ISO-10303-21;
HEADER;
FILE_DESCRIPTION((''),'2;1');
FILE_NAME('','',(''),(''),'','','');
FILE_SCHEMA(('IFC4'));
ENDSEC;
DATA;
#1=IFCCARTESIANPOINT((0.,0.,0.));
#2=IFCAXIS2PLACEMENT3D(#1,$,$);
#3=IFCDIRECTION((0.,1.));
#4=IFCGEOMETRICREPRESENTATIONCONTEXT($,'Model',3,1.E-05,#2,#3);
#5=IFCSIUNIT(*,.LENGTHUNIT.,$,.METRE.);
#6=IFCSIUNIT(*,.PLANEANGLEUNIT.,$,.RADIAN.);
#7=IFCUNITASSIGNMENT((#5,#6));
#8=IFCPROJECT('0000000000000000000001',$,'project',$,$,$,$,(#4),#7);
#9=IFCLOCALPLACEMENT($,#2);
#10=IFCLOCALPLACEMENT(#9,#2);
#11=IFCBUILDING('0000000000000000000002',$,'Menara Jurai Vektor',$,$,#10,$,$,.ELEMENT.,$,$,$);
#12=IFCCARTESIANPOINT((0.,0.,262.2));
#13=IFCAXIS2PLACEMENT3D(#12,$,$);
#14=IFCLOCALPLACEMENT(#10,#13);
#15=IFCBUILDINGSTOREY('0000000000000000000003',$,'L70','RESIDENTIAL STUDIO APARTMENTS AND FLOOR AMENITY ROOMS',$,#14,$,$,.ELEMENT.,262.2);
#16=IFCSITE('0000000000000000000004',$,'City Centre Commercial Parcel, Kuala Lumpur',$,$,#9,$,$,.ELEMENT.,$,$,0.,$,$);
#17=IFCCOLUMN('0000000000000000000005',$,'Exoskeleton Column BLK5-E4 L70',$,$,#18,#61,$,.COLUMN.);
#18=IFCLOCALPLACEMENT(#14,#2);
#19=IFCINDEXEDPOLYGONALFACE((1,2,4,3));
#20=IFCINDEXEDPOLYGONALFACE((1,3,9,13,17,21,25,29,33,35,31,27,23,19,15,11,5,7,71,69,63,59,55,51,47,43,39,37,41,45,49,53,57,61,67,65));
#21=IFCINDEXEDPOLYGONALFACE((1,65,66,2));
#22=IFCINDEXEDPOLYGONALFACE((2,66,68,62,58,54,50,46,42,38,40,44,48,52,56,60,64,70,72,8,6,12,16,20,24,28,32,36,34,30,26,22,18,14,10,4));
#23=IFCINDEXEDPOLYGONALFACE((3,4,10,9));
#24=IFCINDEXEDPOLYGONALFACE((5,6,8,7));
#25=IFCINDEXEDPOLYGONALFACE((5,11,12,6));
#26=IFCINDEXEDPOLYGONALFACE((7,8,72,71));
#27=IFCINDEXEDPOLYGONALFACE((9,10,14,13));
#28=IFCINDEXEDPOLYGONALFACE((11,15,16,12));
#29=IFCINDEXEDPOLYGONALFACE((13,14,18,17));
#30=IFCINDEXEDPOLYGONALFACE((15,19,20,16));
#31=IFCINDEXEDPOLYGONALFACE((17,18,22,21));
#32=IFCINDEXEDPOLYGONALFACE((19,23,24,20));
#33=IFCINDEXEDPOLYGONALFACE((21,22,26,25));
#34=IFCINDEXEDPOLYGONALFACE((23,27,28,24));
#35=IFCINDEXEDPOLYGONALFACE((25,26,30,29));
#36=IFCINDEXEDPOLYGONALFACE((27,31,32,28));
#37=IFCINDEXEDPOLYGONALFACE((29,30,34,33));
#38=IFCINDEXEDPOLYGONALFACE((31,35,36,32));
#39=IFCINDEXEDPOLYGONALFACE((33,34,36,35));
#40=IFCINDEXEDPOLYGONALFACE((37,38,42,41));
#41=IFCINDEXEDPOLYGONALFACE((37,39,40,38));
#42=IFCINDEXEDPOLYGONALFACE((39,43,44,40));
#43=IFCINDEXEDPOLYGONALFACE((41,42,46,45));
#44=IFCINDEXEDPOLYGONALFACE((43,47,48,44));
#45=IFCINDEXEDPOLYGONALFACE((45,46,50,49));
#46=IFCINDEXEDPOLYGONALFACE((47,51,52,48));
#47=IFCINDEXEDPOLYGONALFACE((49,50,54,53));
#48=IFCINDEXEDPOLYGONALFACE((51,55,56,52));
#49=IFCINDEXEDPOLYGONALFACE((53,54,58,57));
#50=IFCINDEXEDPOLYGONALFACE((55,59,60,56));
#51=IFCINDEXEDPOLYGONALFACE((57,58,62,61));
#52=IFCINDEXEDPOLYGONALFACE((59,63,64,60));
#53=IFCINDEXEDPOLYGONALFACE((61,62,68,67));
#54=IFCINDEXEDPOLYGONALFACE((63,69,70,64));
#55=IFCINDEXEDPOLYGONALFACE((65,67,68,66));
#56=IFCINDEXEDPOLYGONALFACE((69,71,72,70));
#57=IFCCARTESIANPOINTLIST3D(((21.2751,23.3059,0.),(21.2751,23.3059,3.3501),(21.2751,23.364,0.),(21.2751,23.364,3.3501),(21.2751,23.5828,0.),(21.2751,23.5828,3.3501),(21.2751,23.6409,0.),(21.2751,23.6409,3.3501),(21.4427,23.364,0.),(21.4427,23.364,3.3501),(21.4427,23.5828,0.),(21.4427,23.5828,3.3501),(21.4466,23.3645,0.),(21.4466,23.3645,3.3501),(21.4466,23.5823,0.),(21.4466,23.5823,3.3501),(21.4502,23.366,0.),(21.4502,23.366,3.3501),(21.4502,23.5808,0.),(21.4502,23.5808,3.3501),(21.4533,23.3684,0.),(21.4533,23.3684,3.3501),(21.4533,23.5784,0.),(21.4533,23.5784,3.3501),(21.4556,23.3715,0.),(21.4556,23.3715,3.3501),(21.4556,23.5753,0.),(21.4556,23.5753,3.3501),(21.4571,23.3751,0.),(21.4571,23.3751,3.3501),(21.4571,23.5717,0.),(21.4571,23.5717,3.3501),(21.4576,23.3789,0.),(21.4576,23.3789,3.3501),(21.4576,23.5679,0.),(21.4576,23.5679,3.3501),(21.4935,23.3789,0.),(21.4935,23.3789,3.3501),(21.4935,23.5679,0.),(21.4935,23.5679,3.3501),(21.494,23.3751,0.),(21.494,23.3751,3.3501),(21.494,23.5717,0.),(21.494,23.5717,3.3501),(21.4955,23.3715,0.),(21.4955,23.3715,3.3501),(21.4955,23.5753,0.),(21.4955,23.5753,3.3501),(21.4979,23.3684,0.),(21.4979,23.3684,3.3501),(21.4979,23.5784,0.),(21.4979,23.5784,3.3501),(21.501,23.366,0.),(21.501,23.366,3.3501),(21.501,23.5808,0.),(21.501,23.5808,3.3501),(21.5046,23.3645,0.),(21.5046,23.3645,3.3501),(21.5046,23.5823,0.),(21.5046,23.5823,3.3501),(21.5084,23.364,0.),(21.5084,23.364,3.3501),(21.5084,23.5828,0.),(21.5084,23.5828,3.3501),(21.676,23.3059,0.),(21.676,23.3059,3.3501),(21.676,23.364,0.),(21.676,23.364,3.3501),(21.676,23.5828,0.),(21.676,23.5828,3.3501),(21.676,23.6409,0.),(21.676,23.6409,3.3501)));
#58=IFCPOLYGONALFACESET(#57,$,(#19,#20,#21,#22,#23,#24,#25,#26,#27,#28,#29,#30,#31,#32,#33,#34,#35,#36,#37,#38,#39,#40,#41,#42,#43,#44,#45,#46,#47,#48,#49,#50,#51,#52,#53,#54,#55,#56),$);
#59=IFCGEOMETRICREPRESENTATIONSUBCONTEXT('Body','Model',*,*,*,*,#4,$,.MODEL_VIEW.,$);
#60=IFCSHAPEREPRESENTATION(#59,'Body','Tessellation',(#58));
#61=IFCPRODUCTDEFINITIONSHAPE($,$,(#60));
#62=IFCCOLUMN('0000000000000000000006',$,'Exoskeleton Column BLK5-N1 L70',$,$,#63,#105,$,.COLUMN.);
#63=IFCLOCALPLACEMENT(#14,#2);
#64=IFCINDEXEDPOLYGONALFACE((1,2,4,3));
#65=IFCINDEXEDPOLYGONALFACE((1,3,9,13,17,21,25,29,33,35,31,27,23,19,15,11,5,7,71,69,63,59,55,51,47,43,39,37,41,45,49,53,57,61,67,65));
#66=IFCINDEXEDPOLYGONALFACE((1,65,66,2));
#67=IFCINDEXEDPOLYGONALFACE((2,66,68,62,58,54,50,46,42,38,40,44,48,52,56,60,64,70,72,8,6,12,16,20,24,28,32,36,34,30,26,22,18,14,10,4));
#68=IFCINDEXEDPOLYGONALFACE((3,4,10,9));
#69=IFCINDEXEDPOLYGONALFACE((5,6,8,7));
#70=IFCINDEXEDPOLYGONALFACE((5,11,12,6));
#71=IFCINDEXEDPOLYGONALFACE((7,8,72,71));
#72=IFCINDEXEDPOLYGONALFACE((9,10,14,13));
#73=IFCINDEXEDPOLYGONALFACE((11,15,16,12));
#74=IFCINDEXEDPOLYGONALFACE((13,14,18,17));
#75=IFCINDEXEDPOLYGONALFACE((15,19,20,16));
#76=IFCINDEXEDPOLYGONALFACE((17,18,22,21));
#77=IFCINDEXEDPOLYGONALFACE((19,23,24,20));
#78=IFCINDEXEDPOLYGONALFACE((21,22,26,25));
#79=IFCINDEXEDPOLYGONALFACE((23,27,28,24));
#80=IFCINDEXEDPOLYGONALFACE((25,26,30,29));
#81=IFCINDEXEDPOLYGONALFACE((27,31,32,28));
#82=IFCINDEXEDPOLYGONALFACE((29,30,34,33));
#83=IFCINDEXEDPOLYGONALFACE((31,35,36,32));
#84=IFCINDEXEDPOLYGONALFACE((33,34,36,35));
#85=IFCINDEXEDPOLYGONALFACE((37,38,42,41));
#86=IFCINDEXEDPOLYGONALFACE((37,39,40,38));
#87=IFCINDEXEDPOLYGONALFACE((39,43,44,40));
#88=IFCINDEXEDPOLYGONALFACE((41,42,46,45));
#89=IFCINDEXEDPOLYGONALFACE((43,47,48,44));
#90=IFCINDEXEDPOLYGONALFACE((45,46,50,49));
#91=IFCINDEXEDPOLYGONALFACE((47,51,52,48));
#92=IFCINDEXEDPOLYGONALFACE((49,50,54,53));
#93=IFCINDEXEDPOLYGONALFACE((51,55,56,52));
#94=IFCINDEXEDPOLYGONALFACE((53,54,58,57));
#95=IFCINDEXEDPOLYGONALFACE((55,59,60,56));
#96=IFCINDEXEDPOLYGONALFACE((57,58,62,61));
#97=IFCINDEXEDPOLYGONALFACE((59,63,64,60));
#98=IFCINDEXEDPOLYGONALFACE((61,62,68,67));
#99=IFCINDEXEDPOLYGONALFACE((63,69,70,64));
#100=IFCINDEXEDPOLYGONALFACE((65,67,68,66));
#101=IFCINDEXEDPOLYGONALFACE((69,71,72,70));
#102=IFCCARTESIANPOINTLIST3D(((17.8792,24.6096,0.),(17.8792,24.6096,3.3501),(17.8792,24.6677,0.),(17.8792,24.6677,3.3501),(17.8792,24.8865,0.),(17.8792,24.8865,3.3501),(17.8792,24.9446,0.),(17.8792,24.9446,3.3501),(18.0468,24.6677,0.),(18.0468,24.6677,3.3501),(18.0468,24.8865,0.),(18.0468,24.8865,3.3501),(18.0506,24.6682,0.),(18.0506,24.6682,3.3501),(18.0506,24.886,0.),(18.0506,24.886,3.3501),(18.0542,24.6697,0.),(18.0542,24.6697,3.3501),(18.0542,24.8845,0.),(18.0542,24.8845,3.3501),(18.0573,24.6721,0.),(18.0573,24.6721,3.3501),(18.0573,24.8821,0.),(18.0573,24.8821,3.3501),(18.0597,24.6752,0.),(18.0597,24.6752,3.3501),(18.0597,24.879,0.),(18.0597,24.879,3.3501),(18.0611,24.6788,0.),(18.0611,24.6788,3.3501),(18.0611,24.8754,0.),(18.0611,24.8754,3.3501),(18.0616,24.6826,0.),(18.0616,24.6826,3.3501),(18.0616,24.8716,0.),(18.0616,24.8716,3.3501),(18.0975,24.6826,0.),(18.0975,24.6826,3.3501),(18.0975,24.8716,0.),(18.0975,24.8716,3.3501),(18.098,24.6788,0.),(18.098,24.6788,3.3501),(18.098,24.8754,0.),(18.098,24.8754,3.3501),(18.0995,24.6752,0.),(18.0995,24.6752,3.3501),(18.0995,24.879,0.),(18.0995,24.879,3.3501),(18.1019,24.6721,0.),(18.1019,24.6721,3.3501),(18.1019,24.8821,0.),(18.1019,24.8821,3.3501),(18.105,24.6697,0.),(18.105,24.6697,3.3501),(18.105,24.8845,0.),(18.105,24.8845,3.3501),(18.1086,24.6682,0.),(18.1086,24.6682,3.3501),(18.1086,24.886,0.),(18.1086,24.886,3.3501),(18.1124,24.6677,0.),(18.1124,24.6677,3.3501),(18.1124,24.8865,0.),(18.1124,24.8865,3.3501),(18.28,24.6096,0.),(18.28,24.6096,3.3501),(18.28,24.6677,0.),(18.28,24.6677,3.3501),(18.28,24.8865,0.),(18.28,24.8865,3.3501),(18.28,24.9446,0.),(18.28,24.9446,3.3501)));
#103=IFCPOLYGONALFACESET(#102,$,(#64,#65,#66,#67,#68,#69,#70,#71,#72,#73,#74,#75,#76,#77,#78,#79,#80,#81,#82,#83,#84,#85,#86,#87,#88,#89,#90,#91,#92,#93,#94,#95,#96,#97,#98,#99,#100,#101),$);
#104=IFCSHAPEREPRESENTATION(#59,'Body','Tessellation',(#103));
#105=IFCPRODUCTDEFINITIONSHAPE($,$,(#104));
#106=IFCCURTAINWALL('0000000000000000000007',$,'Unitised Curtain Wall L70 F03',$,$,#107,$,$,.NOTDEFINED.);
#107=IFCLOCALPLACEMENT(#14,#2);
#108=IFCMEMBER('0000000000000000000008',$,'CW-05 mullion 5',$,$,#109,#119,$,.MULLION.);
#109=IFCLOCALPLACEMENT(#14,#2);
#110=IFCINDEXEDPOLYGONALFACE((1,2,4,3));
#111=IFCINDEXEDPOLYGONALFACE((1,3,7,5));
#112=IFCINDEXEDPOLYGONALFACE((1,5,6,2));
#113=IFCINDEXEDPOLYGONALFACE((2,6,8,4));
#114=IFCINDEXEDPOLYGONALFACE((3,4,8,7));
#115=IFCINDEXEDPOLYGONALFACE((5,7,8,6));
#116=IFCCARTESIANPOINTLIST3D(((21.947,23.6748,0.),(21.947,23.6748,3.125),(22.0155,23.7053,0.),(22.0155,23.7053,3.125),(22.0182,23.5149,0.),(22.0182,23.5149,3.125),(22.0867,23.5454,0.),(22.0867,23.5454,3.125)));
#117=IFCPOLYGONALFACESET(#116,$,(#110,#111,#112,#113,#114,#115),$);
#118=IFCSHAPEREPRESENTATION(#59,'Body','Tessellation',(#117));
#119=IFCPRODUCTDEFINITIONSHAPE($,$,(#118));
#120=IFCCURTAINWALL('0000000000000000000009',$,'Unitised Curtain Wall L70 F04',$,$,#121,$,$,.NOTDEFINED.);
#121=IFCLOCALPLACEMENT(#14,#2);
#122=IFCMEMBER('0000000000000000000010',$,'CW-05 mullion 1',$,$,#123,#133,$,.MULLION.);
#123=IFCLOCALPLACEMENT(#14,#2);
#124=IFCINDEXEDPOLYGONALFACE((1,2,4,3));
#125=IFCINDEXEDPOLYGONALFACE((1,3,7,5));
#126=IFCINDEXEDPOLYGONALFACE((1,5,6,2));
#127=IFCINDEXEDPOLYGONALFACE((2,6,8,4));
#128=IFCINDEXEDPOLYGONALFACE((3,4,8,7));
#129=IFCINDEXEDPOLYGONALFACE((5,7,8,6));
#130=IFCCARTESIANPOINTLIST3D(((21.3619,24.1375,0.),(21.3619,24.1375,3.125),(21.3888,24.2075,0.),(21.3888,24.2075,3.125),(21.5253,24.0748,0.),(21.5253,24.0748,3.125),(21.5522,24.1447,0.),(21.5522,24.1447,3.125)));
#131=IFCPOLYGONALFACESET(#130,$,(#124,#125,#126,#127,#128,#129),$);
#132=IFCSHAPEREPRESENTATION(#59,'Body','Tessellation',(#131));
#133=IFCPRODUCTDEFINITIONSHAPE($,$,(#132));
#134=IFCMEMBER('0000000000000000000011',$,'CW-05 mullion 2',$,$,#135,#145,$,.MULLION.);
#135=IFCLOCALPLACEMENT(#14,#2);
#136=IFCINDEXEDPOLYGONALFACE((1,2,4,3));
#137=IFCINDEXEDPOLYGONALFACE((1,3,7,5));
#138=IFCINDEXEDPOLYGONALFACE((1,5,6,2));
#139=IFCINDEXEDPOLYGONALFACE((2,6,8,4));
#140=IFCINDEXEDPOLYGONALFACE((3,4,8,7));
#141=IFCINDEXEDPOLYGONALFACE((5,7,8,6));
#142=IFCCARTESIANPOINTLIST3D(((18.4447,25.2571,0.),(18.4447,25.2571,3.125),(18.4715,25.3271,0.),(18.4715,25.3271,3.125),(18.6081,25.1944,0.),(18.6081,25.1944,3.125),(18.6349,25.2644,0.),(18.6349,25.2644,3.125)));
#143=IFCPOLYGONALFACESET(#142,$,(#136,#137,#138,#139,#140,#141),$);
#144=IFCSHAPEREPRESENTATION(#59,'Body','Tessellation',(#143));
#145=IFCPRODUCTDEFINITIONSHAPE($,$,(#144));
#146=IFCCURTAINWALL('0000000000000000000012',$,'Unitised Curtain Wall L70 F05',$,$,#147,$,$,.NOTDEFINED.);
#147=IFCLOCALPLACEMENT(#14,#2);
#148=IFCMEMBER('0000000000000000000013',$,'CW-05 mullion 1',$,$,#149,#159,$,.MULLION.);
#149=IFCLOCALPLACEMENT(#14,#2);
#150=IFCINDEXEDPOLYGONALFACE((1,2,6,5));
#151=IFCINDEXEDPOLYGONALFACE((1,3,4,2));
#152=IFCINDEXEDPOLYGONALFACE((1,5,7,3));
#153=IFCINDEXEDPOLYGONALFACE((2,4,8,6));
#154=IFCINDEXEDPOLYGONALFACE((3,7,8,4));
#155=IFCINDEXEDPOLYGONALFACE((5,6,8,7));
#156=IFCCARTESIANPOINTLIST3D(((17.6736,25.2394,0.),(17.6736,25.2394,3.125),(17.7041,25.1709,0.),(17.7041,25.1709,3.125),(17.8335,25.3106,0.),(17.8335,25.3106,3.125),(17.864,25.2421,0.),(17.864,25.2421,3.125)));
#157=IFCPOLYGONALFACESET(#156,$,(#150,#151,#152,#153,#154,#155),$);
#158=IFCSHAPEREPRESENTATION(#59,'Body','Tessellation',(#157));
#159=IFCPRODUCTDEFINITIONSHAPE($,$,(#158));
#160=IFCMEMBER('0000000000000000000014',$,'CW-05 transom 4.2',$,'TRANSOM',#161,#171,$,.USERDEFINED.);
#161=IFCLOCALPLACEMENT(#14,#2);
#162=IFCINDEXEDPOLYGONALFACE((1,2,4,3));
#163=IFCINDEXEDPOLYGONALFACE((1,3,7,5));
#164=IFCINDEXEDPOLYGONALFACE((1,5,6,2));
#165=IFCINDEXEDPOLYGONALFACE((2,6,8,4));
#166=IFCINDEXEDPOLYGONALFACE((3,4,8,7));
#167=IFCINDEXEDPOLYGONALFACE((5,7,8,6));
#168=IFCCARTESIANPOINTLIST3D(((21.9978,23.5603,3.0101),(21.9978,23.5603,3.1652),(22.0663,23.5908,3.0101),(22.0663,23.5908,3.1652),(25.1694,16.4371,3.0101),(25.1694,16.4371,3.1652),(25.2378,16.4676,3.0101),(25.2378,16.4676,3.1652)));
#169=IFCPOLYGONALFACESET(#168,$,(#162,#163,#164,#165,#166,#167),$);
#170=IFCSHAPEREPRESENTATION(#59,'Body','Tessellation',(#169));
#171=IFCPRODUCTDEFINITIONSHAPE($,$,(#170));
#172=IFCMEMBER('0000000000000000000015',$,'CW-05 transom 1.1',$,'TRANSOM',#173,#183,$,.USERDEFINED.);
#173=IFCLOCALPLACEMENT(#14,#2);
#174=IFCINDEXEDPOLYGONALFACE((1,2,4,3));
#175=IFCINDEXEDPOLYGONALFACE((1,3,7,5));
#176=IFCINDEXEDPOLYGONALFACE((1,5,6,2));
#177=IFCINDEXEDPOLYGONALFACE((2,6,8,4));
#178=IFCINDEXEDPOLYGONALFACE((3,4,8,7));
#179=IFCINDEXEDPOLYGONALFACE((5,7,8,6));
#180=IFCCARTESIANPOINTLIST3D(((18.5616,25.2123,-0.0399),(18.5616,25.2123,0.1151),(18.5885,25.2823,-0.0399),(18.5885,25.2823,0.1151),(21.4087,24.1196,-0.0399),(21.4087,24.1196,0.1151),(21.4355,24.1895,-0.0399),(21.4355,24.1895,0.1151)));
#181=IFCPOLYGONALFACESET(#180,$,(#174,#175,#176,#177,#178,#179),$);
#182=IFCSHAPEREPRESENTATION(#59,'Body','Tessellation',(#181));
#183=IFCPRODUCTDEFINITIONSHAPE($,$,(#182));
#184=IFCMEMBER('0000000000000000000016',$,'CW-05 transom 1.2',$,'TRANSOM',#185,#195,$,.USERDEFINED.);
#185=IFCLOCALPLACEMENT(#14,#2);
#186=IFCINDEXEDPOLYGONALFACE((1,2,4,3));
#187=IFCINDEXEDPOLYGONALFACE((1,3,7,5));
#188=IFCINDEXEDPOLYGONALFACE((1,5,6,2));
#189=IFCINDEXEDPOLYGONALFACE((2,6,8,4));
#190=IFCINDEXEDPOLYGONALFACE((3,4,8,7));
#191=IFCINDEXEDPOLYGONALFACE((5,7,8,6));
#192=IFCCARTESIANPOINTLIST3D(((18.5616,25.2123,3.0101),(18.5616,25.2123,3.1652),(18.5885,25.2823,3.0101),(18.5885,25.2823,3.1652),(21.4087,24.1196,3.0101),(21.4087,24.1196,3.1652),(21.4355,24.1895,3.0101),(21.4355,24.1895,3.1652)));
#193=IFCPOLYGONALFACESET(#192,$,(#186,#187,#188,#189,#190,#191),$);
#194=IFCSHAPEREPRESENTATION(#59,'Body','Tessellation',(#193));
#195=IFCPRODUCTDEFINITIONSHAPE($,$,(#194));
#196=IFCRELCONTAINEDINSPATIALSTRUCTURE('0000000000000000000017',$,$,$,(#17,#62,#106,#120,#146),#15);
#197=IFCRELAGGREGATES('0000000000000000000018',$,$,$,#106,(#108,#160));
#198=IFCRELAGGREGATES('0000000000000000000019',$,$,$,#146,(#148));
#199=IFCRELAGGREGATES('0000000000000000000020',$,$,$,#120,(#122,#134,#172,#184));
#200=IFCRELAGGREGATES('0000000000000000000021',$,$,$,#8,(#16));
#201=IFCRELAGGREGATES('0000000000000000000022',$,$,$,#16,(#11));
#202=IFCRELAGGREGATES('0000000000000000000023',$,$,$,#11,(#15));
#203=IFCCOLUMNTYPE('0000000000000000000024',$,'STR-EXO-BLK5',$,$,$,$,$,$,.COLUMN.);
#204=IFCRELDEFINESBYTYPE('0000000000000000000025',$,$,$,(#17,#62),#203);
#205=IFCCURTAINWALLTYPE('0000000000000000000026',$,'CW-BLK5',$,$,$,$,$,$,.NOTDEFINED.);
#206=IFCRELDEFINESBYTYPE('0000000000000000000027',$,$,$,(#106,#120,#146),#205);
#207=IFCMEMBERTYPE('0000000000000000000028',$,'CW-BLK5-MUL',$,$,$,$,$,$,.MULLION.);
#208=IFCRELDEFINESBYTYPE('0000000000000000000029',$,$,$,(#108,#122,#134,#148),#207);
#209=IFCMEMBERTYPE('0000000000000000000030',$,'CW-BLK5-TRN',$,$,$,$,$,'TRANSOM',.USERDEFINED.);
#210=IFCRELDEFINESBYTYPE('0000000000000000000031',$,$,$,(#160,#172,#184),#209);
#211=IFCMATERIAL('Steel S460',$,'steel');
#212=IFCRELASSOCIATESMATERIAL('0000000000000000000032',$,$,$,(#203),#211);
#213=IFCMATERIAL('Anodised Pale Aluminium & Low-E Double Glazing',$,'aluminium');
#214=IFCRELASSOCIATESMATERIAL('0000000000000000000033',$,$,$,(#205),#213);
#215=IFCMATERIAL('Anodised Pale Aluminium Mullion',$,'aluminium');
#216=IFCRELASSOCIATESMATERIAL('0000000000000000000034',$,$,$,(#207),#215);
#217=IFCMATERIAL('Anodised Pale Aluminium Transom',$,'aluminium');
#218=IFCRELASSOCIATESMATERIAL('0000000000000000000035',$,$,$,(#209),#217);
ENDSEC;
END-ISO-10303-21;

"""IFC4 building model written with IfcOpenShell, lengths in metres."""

from ifc_helpers import new_model, si_unit, direction, frame, origin, origin_2d, place, context, subcontext, project, spatial, rectangle, i_section, extrude, material, material_profile, profile_set, type_object, element, aggregate, save


model = new_model("IFC4")

# Units and contexts
model_context = context("Model", 3, precision=1e-05, world=origin(), true_north=direction((0.0, 1.0)))
body_context = subcontext(model_context, "Body", "Model", "MODEL_VIEW")
ifc_project = project(units=[si_unit("LENGTHUNIT", "METRE"), si_unit("PLANEANGLEUNIT", "RADIAN")], contexts=[model_context])

# Site, building, storey
site_placement = place(None, origin())
site = spatial("IfcSite", under=ifc_project, at=site_placement, Name="City Centre Commercial Parcel, Kuala Lumpur", CompositionType="ELEMENT", RefElevation=0.0)
building_placement = place(site_placement, origin())
building = spatial("IfcBuilding", under=site, at=building_placement, Name="Menara Jurai Vektor", CompositionType="ELEMENT")
storey_placement = place(building_placement, frame((0.0, 0.0, 262.2)))
storey = spatial("IfcBuildingStorey", under=building, at=storey_placement, Name="L70", Description="RESIDENTIAL STUDIO APARTMENTS AND FLOOR AMENITY ROOMS", CompositionType="ELEMENT", Elevation=262.2)

# Columns
ifc_material_1 = material(Name="Steel S460", Category="steel")
ifc_material_profile_1 = material_profile(ifc_material_1, i_section(OverallWidth=0.4009, OverallDepth=0.335, WebThickness=0.0359, FlangeThickness=0.0581, FilletRadius=0.0149, at=origin_2d()), Name="HD 400x463")
ifc_profile_set_1 = profile_set([ifc_material_profile_1], Name="Steel S460")
column_type = type_object("IfcColumnType", Name="STR-EXO-BLK5", PredefinedType="COLUMN", material=ifc_profile_set_1)
for number, where, z_axis, x_axis, name in (
    (1, (21.4756, 23.4734, 0.0), (0.0, 0.0, 1.0), (1.0, 0.0, 0.0), "Exoskeleton Column BLK5-E4 L70"),
    (2, (18.0796, 24.7771, 0.0), (0.0, 0.0, 1.0), (1.0, 0.0, 0.0), "Exoskeleton Column BLK5-N1 L70"),
):
    element("IfcColumn", number, at=place(storey_placement, frame(where, z_axis=z_axis, x_axis=x_axis)), inside=storey, type_object=column_type, Name=name, PredefinedType="COLUMN", context=body_context, shape_type="SweptSolid", body=[
        extrude(i_section(OverallWidth=0.4009, OverallDepth=0.335, WebThickness=0.0359, FlangeThickness=0.0581, FilletRadius=0.0149, at=origin_2d()), origin(), (0.0, 0.0, 1.0), 3.3501),
    ])

# Curtain wall, member
ifc_material_2 = material(Name="Anodised Pale Aluminium & Low-E Double Glazing", Category="aluminium")
curtain_wall_type = type_object("IfcCurtainWallType", Name="CW-BLK5", PredefinedType="NOTDEFINED", material=ifc_material_2)
curtain_wall_1_placement = place(storey_placement, origin())
curtain_wall_1 = element("IfcCurtainWall", 3, at=curtain_wall_1_placement, inside=storey, type_object=curtain_wall_type, Name="Unitised Curtain Wall L70 F03", PredefinedType="NOTDEFINED")
ifc_material_3 = material(Name="Anodised Pale Aluminium Mullion", Category="aluminium")
ifc_material_profile_2 = material_profile(ifc_material_3, rectangle(XDim=0.075, YDim=0.175, at=origin_2d()), Name="ALU MUL 75x175")
ifc_profile_set_2 = profile_set([ifc_material_profile_2], Name="Anodised Pale Aluminium Mullion")
member_type_1 = type_object("IfcMemberType", Name="CW-BLK5-MUL", PredefinedType="MULLION", material=ifc_profile_set_2)
member_1_placement = place(storey_placement, frame((22.0168, 23.6101, 0.0), z_axis=(0.0, 0.0, 1.0), x_axis=(-0.913546, -0.406735, 0.0)))
member_1 = element("IfcMember", 4, at=member_1_placement, type_object=member_type_1, Name="CW-05 mullion 5", PredefinedType="MULLION", context=body_context, shape_type="SweptSolid", body=[
    extrude(rectangle(XDim=0.075, YDim=0.175, at=origin_2d()), origin(), (0.0, 0.0, 1.0), 3.125),
])

# Curtain wall, members
curtain_wall_2_placement = place(storey_placement, origin())
curtain_wall_2 = element("IfcCurtainWall", 5, at=curtain_wall_2_placement, inside=storey, type_object=curtain_wall_type, Name="Unitised Curtain Wall L70 F04", PredefinedType="NOTDEFINED")
member_2_placement = place(storey_placement, frame((21.457, 24.1411, 0.0), z_axis=(0.0, 0.0, 1.0), x_axis=(-0.358374, -0.933578, 0.0)))
member_2 = element("IfcMember", 6, at=member_2_placement, type_object=member_type_1, Name="CW-05 mullion 1", PredefinedType="MULLION", context=body_context, shape_type="SweptSolid", body=[
    extrude(rectangle(XDim=0.075, YDim=0.175, at=origin_2d()), origin(), (0.0, 0.0, 1.0), 3.125),
])
member_3_placement = place(storey_placement, frame((18.5398, 25.2607, 0.0), z_axis=(0.0, 0.0, 1.0), x_axis=(-0.358374, -0.933578, 0.0)))
member_3 = element("IfcMember", 7, at=member_3_placement, type_object=member_type_1, Name="CW-05 mullion 2", PredefinedType="MULLION", context=body_context, shape_type="SweptSolid", body=[
    extrude(rectangle(XDim=0.075, YDim=0.175, at=origin_2d()), origin(), (0.0, 0.0, 1.0), 3.125),
])

# Curtain wall, member
curtain_wall_3_placement = place(storey_placement, origin())
curtain_wall_3 = element("IfcCurtainWall", 8, at=curtain_wall_3_placement, inside=storey, type_object=curtain_wall_type, Name="Unitised Curtain Wall L70 F05", PredefinedType="NOTDEFINED")
member_4_placement = place(storey_placement, frame((17.7688, 25.2407, 0.0), z_axis=(0.0, 0.0, 1.0), x_axis=(0.406735, -0.913546, 0.0)))
member_4 = element("IfcMember", 9, at=member_4_placement, type_object=member_type_1, Name="CW-05 mullion 1", PredefinedType="MULLION", context=body_context, shape_type="SweptSolid", body=[
    extrude(rectangle(XDim=0.075, YDim=0.175, at=origin_2d()), origin(), (0.0, 0.0, 1.0), 3.125),
])

# Members
ifc_material_4 = material(Name="Anodised Pale Aluminium Transom", Category="aluminium")
ifc_material_profile_3 = material_profile(ifc_material_4, rectangle(XDim=0.075, YDim=0.155, at=origin_2d()), Name="ALU TRN 75x155")
ifc_profile_set_3 = profile_set([ifc_material_profile_3], Name="Anodised Pale Aluminium Transom")
member_type_2 = type_object("IfcMemberType", Name="CW-BLK5-TRN", ElementType="TRANSOM", PredefinedType="USERDEFINED", material=ifc_profile_set_3)
member_5_placement = place(storey_placement, frame((25.2036, 16.4524, 3.0876), z_axis=(-0.406751, 0.913539, 0.0), x_axis=(-0.913539, -0.406751, 0.0)))
member_5 = element("IfcMember", 10, at=member_5_placement, type_object=member_type_2, Name="CW-05 transom 4.2", ObjectType="TRANSOM", PredefinedType="USERDEFINED", context=body_context, shape_type="SweptSolid", body=[
    extrude(rectangle(XDim=0.075, YDim=0.155, at=origin_2d()), origin(), (0.0, 0.0, 1.0), 7.7974),
])
member_6_placement = place(storey_placement, frame((21.4221, 24.1545, 0.0376), z_axis=(-0.933597, 0.358325, 0.0), x_axis=(-0.358325, -0.933597, 0.0)))
member_6 = element("IfcMember", 11, at=member_6_placement, type_object=member_type_2, Name="CW-05 transom 1.1", ObjectType="TRANSOM", PredefinedType="USERDEFINED", context=body_context, shape_type="SweptSolid", body=[
    extrude(rectangle(XDim=0.075, YDim=0.155, at=origin_2d()), origin(), (0.0, 0.0, 1.0), 3.0496),
])
member_7_placement = place(storey_placement, frame((21.4221, 24.1545, 3.0876), z_axis=(-0.933597, 0.358325, 0.0), x_axis=(-0.358325, -0.933597, 0.0)))
member_7 = element("IfcMember", 12, at=member_7_placement, type_object=member_type_2, Name="CW-05 transom 1.2", ObjectType="TRANSOM", PredefinedType="USERDEFINED", context=body_context, shape_type="SweptSolid", body=[
    extrude(rectangle(XDim=0.075, YDim=0.155, at=origin_2d()), origin(), (0.0, 0.0, 1.0), 3.0496),
])

aggregate(curtain_wall_1, [member_1, member_5])
aggregate(curtain_wall_3, [member_4])
aggregate(curtain_wall_2, [member_2, member_3, member_6, member_7])

save(model, "model.ifc")
